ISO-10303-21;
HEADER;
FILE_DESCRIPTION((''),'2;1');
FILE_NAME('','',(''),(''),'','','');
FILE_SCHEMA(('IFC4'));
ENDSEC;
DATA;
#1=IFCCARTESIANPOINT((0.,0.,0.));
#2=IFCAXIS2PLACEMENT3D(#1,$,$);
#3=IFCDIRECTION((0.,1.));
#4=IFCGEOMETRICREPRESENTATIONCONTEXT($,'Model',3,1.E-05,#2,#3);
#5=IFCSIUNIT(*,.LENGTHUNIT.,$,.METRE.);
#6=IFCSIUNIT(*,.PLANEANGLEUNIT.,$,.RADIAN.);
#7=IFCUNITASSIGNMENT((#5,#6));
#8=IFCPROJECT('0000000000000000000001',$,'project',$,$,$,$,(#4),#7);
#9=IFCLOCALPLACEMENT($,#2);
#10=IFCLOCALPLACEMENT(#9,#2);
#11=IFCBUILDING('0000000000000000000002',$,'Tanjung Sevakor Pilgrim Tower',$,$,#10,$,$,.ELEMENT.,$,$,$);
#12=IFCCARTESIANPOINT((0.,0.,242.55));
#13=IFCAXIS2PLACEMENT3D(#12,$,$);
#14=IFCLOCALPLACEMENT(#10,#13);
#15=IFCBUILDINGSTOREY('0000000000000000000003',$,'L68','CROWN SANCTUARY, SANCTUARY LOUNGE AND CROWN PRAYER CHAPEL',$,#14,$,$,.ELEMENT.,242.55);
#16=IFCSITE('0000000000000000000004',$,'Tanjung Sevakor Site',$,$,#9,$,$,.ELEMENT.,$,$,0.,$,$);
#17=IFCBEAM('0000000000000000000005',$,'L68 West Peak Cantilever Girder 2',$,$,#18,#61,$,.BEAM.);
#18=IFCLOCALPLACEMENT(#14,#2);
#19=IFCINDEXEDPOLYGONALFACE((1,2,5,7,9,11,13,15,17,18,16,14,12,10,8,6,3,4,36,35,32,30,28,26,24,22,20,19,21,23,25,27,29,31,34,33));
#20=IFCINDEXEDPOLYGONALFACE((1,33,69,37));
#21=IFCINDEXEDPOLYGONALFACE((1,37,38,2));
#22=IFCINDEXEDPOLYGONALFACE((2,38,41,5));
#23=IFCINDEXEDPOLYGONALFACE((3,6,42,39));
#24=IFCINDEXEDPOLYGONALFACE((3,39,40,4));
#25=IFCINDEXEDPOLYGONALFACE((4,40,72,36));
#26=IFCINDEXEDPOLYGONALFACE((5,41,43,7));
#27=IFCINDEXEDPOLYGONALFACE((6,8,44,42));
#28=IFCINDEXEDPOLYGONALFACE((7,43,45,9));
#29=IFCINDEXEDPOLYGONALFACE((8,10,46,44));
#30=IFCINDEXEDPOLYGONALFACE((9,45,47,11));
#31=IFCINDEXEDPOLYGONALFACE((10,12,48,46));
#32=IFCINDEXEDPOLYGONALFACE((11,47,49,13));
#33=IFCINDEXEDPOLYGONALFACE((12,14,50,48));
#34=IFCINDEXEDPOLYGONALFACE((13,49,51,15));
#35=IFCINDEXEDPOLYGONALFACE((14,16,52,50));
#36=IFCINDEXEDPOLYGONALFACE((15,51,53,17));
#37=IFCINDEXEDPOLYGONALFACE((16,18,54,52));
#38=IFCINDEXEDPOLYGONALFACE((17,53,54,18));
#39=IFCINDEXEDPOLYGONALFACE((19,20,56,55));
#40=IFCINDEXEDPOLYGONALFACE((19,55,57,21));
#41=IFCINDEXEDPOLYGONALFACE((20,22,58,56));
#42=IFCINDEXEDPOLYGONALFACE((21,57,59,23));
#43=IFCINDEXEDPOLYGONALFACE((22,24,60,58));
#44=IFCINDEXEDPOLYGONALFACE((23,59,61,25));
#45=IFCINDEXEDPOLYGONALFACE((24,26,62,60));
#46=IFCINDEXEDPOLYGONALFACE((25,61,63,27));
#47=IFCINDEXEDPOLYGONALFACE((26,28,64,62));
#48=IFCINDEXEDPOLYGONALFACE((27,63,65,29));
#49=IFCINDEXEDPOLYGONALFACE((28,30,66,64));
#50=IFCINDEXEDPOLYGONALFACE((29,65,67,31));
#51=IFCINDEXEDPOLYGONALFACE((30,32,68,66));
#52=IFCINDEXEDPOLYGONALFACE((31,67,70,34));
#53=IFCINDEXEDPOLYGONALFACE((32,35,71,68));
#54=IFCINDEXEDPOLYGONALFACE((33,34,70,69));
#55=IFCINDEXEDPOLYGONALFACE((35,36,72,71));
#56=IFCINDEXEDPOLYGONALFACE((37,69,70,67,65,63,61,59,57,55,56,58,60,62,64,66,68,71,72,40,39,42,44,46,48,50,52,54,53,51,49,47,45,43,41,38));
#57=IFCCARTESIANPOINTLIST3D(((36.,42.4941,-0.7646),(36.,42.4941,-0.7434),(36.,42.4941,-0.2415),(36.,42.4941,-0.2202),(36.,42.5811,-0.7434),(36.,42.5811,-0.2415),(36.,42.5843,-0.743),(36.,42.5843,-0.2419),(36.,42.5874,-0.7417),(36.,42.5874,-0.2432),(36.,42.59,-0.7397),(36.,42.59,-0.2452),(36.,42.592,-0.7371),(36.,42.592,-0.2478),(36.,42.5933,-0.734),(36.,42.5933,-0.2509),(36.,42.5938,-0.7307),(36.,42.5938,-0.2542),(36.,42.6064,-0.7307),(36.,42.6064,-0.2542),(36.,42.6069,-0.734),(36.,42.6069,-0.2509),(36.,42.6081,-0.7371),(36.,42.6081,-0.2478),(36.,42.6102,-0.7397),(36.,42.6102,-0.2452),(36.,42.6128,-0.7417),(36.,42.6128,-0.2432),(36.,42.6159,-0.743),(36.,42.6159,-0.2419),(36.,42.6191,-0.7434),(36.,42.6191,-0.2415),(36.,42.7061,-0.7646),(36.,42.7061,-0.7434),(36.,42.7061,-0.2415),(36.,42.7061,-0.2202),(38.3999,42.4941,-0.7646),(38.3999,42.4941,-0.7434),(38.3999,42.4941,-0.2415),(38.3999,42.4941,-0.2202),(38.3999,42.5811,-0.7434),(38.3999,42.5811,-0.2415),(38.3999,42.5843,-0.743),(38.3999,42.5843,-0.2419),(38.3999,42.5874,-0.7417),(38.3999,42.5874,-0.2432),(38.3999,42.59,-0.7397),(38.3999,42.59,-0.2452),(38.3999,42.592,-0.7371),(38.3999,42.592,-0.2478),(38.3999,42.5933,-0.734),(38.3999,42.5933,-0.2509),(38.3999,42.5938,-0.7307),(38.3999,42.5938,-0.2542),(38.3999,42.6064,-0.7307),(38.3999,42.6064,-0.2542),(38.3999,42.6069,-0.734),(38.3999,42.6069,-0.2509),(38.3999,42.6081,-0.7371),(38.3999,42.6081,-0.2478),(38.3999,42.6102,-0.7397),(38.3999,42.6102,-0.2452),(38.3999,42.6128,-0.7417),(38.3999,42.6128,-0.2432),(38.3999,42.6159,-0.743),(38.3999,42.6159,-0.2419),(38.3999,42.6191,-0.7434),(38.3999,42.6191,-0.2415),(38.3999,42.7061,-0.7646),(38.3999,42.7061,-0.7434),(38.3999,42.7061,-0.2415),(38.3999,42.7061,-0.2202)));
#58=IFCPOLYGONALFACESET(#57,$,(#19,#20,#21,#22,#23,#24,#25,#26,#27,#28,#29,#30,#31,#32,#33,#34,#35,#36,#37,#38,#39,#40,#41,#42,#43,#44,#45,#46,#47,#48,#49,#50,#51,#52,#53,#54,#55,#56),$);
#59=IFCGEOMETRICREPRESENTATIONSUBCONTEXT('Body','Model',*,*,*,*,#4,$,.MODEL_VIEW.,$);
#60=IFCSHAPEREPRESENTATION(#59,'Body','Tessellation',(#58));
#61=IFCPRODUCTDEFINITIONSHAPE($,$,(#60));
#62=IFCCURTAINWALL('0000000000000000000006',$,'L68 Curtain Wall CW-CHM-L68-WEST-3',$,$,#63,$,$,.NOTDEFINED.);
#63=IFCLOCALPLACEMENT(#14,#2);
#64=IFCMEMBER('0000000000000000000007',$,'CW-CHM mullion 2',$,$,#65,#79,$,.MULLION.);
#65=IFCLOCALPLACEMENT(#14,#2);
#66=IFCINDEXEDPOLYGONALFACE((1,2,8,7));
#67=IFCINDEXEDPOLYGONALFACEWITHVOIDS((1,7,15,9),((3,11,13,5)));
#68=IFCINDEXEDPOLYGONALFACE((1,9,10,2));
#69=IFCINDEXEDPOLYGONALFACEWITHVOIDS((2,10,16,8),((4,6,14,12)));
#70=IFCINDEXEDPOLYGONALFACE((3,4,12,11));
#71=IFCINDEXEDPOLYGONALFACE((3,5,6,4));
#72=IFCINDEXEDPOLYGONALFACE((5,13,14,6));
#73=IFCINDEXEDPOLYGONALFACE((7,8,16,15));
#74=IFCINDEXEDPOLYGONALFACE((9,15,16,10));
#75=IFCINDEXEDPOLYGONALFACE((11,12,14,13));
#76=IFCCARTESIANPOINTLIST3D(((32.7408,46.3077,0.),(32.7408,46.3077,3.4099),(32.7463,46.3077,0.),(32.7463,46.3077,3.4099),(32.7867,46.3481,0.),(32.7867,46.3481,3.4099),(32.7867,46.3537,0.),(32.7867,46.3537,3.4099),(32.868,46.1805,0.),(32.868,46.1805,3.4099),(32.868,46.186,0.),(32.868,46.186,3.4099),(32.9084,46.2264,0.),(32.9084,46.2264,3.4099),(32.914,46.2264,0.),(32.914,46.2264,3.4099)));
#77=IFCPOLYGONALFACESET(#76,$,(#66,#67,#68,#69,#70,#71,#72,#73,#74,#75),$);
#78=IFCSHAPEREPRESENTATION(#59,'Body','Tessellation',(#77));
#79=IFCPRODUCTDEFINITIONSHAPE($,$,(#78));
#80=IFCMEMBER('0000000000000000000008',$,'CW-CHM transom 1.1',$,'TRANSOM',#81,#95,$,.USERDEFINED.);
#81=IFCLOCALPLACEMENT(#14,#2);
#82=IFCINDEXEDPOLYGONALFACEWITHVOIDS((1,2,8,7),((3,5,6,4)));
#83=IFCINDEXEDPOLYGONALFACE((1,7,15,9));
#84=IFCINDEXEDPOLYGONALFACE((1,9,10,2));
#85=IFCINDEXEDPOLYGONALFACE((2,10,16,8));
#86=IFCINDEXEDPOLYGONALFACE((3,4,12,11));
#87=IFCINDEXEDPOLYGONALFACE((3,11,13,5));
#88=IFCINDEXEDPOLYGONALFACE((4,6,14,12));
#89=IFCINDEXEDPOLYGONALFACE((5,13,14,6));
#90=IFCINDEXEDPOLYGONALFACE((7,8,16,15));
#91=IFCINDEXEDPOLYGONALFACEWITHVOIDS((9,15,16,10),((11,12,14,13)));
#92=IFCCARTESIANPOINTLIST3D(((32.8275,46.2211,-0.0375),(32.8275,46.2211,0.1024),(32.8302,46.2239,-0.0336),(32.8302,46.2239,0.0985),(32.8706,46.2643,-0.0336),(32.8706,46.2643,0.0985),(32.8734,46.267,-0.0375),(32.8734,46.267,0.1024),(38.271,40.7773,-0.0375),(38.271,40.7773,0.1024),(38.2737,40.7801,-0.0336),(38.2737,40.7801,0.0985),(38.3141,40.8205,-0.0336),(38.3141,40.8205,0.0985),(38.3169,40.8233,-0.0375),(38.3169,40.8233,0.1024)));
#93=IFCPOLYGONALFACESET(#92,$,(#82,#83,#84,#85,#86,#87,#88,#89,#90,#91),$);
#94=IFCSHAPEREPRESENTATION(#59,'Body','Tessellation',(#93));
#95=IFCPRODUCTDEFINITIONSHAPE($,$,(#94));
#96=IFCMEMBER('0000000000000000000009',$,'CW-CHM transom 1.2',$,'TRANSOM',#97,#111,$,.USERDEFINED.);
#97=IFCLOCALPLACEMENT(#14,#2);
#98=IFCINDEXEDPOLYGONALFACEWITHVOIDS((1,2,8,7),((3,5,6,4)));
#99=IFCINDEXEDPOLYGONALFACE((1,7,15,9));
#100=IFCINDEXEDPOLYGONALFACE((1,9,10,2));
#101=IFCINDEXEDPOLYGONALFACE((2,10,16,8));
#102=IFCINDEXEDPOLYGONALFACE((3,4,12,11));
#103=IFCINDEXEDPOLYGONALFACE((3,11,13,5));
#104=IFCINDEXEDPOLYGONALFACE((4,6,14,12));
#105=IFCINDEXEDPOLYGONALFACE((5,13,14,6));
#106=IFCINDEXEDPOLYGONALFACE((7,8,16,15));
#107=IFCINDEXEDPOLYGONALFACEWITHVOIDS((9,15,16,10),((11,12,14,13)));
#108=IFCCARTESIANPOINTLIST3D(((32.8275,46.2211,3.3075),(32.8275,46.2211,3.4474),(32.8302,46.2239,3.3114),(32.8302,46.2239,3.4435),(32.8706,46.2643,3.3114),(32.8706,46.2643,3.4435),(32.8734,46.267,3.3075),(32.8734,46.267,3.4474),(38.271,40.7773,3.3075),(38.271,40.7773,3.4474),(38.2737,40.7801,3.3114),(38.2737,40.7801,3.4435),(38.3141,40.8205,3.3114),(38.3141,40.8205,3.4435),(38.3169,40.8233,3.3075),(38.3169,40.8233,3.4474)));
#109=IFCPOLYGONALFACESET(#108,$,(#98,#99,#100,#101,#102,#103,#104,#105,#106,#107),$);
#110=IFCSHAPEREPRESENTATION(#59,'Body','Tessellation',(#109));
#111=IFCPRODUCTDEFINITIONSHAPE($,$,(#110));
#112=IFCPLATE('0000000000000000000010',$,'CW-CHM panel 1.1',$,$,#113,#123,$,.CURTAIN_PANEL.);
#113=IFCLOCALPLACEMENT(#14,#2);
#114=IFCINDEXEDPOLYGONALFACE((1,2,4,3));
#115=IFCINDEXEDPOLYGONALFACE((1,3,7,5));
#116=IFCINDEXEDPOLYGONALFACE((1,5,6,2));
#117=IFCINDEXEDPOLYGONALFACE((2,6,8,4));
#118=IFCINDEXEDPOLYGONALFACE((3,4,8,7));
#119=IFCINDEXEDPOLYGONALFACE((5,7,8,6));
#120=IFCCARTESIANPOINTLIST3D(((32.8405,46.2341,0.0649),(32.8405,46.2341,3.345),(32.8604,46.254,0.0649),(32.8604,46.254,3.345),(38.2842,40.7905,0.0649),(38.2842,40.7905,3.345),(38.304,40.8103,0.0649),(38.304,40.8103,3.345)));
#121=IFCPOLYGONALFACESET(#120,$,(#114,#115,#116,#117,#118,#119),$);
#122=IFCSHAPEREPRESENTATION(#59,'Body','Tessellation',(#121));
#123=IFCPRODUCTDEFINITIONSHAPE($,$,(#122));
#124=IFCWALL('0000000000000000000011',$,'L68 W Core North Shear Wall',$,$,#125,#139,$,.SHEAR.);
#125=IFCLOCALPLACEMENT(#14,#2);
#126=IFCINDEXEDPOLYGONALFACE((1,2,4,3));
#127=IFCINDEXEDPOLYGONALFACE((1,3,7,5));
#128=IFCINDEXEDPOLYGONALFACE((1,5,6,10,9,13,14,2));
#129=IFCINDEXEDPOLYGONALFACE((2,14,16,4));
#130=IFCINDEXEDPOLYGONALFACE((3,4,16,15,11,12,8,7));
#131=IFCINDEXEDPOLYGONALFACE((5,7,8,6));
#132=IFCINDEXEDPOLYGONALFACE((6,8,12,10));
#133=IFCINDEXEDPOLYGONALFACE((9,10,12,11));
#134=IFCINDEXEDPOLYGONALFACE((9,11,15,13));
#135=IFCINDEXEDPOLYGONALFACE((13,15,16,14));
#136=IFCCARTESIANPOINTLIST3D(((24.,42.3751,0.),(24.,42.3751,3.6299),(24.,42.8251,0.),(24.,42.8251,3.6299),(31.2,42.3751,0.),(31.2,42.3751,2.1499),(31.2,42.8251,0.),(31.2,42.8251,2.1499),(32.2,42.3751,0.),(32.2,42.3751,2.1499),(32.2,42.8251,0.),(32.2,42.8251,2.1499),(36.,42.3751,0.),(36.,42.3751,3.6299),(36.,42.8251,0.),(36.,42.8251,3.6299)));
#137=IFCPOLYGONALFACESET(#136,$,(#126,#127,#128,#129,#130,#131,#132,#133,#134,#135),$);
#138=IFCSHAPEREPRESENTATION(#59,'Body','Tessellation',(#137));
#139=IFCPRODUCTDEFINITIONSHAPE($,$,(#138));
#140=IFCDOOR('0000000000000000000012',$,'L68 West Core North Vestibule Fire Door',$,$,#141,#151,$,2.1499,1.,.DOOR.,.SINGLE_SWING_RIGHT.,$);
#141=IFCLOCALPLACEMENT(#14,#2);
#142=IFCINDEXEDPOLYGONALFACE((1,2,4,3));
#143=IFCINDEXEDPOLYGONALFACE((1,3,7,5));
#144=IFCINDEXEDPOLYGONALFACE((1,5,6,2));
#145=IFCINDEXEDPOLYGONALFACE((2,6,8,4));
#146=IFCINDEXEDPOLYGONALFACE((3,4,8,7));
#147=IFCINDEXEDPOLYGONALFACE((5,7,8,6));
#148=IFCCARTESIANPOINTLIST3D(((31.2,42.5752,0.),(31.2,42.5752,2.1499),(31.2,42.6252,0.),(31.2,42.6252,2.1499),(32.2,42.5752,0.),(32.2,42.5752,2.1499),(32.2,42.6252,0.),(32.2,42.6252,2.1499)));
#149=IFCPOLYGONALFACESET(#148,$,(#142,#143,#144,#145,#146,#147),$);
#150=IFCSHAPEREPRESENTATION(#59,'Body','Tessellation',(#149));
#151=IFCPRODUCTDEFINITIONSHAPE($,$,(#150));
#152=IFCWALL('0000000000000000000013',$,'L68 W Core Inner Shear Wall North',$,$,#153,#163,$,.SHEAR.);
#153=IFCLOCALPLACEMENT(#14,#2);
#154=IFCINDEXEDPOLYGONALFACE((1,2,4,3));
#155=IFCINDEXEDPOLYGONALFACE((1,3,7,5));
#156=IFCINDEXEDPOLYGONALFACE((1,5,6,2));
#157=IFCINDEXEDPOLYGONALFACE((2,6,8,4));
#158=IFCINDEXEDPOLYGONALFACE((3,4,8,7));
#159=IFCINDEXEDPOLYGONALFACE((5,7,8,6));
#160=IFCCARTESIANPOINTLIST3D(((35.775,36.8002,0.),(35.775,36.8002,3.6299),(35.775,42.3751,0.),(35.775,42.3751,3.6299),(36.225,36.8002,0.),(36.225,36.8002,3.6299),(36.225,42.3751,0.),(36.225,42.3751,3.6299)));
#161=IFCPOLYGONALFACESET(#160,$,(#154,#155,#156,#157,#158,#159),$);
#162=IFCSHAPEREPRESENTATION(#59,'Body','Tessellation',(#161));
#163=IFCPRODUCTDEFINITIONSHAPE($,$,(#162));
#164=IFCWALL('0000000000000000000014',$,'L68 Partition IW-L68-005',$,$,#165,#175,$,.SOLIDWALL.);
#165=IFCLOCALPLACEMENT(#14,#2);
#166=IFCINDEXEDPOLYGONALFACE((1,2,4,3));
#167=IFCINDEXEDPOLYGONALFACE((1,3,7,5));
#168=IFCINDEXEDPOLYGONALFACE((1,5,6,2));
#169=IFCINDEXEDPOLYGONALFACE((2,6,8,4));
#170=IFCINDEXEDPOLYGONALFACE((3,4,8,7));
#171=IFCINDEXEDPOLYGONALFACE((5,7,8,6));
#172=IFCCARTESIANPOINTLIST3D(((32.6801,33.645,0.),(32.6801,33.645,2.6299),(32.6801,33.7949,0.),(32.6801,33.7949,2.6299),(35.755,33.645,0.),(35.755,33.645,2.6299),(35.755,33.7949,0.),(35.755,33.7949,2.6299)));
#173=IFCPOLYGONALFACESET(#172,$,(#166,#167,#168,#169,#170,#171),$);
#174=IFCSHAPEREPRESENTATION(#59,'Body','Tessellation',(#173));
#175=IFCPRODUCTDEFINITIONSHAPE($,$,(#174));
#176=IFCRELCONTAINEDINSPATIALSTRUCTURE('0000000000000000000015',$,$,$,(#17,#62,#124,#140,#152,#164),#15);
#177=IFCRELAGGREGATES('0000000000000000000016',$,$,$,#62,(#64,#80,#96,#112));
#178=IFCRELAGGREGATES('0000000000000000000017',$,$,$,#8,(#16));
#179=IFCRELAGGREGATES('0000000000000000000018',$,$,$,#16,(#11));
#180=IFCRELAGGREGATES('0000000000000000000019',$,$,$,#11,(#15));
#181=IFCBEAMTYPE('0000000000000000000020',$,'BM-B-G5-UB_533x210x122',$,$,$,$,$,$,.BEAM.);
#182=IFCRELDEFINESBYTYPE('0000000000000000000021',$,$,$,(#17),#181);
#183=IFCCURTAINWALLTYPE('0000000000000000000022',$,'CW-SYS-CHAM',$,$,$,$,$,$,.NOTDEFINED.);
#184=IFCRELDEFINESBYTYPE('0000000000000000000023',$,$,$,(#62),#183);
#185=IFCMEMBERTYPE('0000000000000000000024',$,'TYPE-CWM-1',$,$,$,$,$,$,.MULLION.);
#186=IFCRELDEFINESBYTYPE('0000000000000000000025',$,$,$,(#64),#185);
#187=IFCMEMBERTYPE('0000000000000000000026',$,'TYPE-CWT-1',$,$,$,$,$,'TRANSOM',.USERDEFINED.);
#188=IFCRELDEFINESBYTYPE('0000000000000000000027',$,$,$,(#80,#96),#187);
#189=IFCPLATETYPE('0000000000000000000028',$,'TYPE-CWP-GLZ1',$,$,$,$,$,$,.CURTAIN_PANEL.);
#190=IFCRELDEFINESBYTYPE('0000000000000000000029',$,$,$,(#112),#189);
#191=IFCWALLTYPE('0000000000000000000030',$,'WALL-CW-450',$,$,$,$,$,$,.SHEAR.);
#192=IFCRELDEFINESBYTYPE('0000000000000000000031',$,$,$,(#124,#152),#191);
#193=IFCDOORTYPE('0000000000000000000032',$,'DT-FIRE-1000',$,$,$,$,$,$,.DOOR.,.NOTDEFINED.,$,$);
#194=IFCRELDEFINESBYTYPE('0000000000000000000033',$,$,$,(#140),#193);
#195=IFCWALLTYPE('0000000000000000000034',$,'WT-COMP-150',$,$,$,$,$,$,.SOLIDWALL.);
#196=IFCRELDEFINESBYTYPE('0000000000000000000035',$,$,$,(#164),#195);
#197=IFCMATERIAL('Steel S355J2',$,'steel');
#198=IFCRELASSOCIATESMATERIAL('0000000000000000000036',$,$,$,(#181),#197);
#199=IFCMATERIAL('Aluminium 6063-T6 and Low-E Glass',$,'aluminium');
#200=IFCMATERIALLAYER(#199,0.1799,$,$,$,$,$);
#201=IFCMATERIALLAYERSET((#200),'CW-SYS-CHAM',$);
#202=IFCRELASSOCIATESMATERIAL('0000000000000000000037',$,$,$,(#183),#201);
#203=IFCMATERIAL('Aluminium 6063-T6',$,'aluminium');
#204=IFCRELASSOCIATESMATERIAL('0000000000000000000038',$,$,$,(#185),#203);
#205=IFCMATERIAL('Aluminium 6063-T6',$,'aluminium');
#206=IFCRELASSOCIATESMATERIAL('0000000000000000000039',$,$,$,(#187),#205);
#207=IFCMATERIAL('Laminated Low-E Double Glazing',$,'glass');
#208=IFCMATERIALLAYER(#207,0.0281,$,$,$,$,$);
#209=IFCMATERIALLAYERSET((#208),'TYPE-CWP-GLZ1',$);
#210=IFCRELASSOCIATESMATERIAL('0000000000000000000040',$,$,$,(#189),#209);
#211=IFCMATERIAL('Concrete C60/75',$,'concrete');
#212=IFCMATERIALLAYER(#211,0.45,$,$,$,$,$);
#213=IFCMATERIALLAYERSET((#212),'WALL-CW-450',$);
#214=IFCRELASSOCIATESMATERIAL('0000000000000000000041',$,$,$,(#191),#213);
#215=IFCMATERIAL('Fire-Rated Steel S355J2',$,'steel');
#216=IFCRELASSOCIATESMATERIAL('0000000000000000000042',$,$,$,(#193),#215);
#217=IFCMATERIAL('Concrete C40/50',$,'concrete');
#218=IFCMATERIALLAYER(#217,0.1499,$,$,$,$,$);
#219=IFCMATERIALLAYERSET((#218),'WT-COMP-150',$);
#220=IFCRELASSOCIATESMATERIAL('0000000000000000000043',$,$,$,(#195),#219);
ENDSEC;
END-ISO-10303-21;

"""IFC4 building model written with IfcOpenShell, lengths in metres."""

from ifc_helpers import new_model, si_unit, direction, frame, frame_2d, origin, origin_2d, place, context, subcontext, project, spatial, rectangle, hollow_rectangle, i_section, extrude, material, layer, layer_set, material_profile, profile_set, type_object, element, fill, aggregate, save


model = new_model("IFC4")

# Units and contexts
model_context = context("Model", 3, precision=1e-05, world=origin(), true_north=direction((0.0, 1.0)))
body_context = subcontext(model_context, "Body", "Model", "MODEL_VIEW")
ifc_project = project(units=[si_unit("LENGTHUNIT", "METRE"), si_unit("PLANEANGLEUNIT", "RADIAN")], contexts=[model_context])

# Site, building, storey
site_placement = place(None, origin())
site = spatial("IfcSite", under=ifc_project, at=site_placement, Name="Tanjung Sevakor Site", CompositionType="ELEMENT", RefElevation=0.0)
building_placement = place(site_placement, origin())
building = spatial("IfcBuilding", under=site, at=building_placement, Name="Tanjung Sevakor Pilgrim Tower", CompositionType="ELEMENT")
storey_placement = place(building_placement, frame((0.0, 0.0, 242.55)))
storey = spatial("IfcBuildingStorey", under=building, at=storey_placement, Name="L68", Description="CROWN SANCTUARY, SANCTUARY LOUNGE AND CROWN PRAYER CHAPEL", CompositionType="ELEMENT", Elevation=242.55)

# Beam
ifc_material_1 = material(Name="Steel S355J2", Category="steel")
ifc_material_profile_1 = material_profile(ifc_material_1, i_section(OverallWidth=0.2119, OverallDepth=0.5444, WebThickness=0.0127, FlangeThickness=0.0212, FilletRadius=0.0127, at=origin_2d()))
ifc_profile_set_1 = profile_set([ifc_material_profile_1], Name="Steel S355J2")
beam_type = type_object("IfcBeamType", Name="BM-B-G5-UB_533x210x122", PredefinedType="BEAM", material=ifc_profile_set_1)
beam_placement = place(storey_placement, frame((36.0, 42.6001, -0.4924), z_axis=(1.0, 0.0, 0.0), x_axis=(0.0, 1.0, 0.0)))
element("IfcBeam", 1, at=beam_placement, inside=storey, type_object=beam_type, Name="L68 West Peak Cantilever Girder 2", PredefinedType="BEAM", context=body_context, shape_type="SweptSolid", body=[
    extrude(i_section(OverallWidth=0.2119, OverallDepth=0.5444, WebThickness=0.0127, FlangeThickness=0.0212, FilletRadius=0.0127, at=origin_2d()), origin(), (0.0, 0.0, 1.0), 2.3999),
])

# Curtain wall, members, plate
ifc_material_2 = material(Name="Aluminium 6063-T6 and Low-E Glass", Category="aluminium")
ifc_layer_1 = layer(ifc_material_2, 0.1799)
ifc_layer_set_1 = layer_set([ifc_layer_1], Name="CW-SYS-CHAM")
curtain_wall_type = type_object("IfcCurtainWallType", Name="CW-SYS-CHAM", PredefinedType="NOTDEFINED", material=ifc_layer_set_1)
curtain_wall_placement = place(storey_placement, origin())
curtain_wall = element("IfcCurtainWall", 2, at=curtain_wall_placement, inside=storey, type_object=curtain_wall_type, Name="L68 Curtain Wall CW-CHM-L68-WEST-3", PredefinedType="NOTDEFINED")
ifc_material_3 = material(Name="Aluminium 6063-T6", Category="aluminium")
ifc_material_profile_2 = material_profile(ifc_material_3, hollow_rectangle(XDim=0.0649, YDim=0.1799, WallThickness=0.0039, at=origin_2d()))
ifc_profile_set_2 = profile_set([ifc_material_profile_2], Name="Aluminium 6063-T6")
member_type_1 = type_object("IfcMemberType", Name="TYPE-CWM-1", PredefinedType="MULLION", material=ifc_profile_set_2)
member_1_placement = place(storey_placement, frame((32.8274, 46.2671, 0.0), z_axis=(0.0, 0.0, 1.0), x_axis=(-0.707107, -0.707107, 0.0)))
member_1 = element("IfcMember", 3, at=member_1_placement, type_object=member_type_1, Name="CW-CHM mullion 2", PredefinedType="MULLION", context=body_context, shape_type="SweptSolid", body=[
    extrude(hollow_rectangle(XDim=0.0649, YDim=0.1799, WallThickness=0.0039, at=origin_2d()), origin(), (0.0, 0.0, 1.0), 3.4099),
])
ifc_material_4 = material(Name="Aluminium 6063-T6", Category="aluminium")
ifc_material_profile_3 = material_profile(ifc_material_4, hollow_rectangle(XDim=0.0649, YDim=0.1399, WallThickness=0.0039, at=origin_2d()))
ifc_profile_set_3 = profile_set([ifc_material_profile_3], Name="Aluminium 6063-T6")
member_type_2 = type_object("IfcMemberType", Name="TYPE-CWT-1", ElementType="TRANSOM", PredefinedType="USERDEFINED", material=ifc_profile_set_3)
member_2_placement = place(storey_placement, frame((38.2939, 40.8003, 0.0325), z_axis=(-0.707091, 0.707123, 0.0), x_axis=(-0.707123, -0.707091, 0.0)))
member_2 = element("IfcMember", 4, at=member_2_placement, type_object=member_type_2, Name="CW-CHM transom 1.1", ObjectType="TRANSOM", PredefinedType="USERDEFINED", context=body_context, shape_type="SweptSolid", body=[
    extrude(hollow_rectangle(XDim=0.0649, YDim=0.1399, WallThickness=0.0039, at=origin_2d()), origin(), (0.0, 0.0, 1.0), 7.6985),
])
member_3_placement = place(storey_placement, frame((38.2939, 40.8003, 3.3774), z_axis=(-0.707091, 0.707123, 0.0), x_axis=(-0.707123, -0.707091, 0.0)))
member_3 = element("IfcMember", 5, at=member_3_placement, type_object=member_type_2, Name="CW-CHM transom 1.2", ObjectType="TRANSOM", PredefinedType="USERDEFINED", context=body_context, shape_type="SweptSolid", body=[
    extrude(hollow_rectangle(XDim=0.0649, YDim=0.1399, WallThickness=0.0039, at=origin_2d()), origin(), (0.0, 0.0, 1.0), 7.6985),
])
ifc_material_5 = material(Name="Laminated Low-E Double Glazing", Category="glass")
ifc_layer_2 = layer(ifc_material_5, 0.0281)
ifc_layer_set_2 = layer_set([ifc_layer_2], Name="TYPE-CWP-GLZ1")
plate_type = type_object("IfcPlateType", Name="TYPE-CWP-GLZ1", PredefinedType="CURTAIN_PANEL", material=ifc_layer_set_2)
plate_placement = place(storey_placement, frame((35.5723, 43.5222, 0.0649), z_axis=(0.0, 0.0, 1.0), x_axis=(-0.707107, 0.707107, 0.0)))
plate = element("IfcPlate", 6, at=plate_placement, type_object=plate_type, Name="CW-CHM panel 1.1", PredefinedType="CURTAIN_PANEL", context=body_context, shape_type="SweptSolid", body=[
    extrude(rectangle(XDim=7.6985, YDim=0.0281, at=origin_2d()), origin(), (0.0, 0.0, 1.0), 3.28),
])
aggregate(curtain_wall, [member_1, member_2, member_3, plate])

# Wall, opening, door
ifc_material_6 = material(Name="Concrete C60/75", Category="concrete")
ifc_layer_3 = layer(ifc_material_6, 0.45)
ifc_layer_set_3 = layer_set([ifc_layer_3], Name="WALL-CW-450")
wall_type_1 = type_object("IfcWallType", Name="WALL-CW-450", PredefinedType="SHEAR", material=ifc_layer_set_3)
wall_1_placement = place(storey_placement, frame((36.0, 42.6001, 0.0), z_axis=(0.0, 0.0, 1.0), x_axis=(-1.0, 0.0, 0.0)))
wall_1 = element("IfcWall", 7, at=wall_1_placement, inside=storey, type_object=wall_type_1, Name="L68 W Core North Shear Wall", PredefinedType="SHEAR", context=body_context, shape_type="SweptSolid", body=[
    extrude(rectangle(XDim=12.0, YDim=0.45, at=frame_2d((6.0, 0.0))), origin(), (0.0, 0.0, 1.0), 3.6299),
])
opening_1_placement = place(wall_1_placement, frame((3.8, 0.0, 0.0)))
opening_1 = element("IfcOpeningElement", 8, at=opening_1_placement, cuts=wall_1, PredefinedType="OPENING", context=body_context, shape_type="SweptSolid", body=[
    extrude(rectangle(XDim=1.0, YDim=2.1499, at=frame_2d((0.5, 1.075))), frame((0.0, 0.2349, 0.0), z_axis=(0.0, -1.0, 0.0), x_axis=(1.0, 0.0, 0.0)), (0.0, 0.0, 1.0), 0.47),
])
ifc_material_7 = material(Name="Fire-Rated Steel S355J2", Category="steel")
door_type_1 = type_object("IfcDoorType", Name="DT-FIRE-1000", OperationType="NOTDEFINED", PredefinedType="DOOR", material=ifc_material_7)
door_1_placement = place(opening_1_placement, origin())
door_1 = element("IfcDoor", 9, at=door_1_placement, inside=storey, type_object=door_type_1, Name="L68 West Core North Vestibule Fire Door", OperationType="SINGLE_SWING_RIGHT", OverallHeight=2.1499, OverallWidth=1.0, PredefinedType="DOOR", context=body_context, shape_type="SweptSolid", body=[
    extrude(rectangle(XDim=1.0, YDim=2.1499, at=frame_2d((0.5, 1.075))), frame((0.0, 0.0249, 0.0), z_axis=(0.0, -1.0, 0.0), x_axis=(1.0, 0.0, 0.0)), (0.0, 0.0, 1.0), 0.05),
])
fill(opening_1, door_1)

# Walls
wall_2_placement = place(storey_placement, frame((36.0, 36.8, 0.0), z_axis=(0.0, 0.0, 1.0), x_axis=(0.0, 1.0, 0.0)))
element("IfcWall", 10, at=wall_2_placement, inside=storey, type_object=wall_type_1, Name="L68 W Core Inner Shear Wall North", PredefinedType="SHEAR", context=body_context, shape_type="SweptSolid", body=[
    extrude(rectangle(XDim=5.575, YDim=0.45, at=frame_2d((2.7876, 0.0))), origin(), (0.0, 0.0, 1.0), 3.6299),
])
ifc_material_8 = material(Name="Concrete C40/50", Category="concrete")
ifc_layer_4 = layer(ifc_material_8, 0.1499)
ifc_layer_set_4 = layer_set([ifc_layer_4], Name="WT-COMP-150")
wall_type_2 = type_object("IfcWallType", Name="WT-COMP-150", PredefinedType="SOLIDWALL", material=ifc_layer_set_4)
wall_3_placement = place(storey_placement, frame((32.6799, 33.72, 0.0), z_axis=(0.0, 0.0, 1.0), x_axis=(1.0, 0.0, 0.0)))
element("IfcWall", 11, at=wall_3_placement, inside=storey, type_object=wall_type_2, Name="L68 Partition IW-L68-005", PredefinedType="SOLIDWALL", context=body_context, shape_type="SweptSolid", body=[
    extrude(rectangle(XDim=3.075, YDim=0.1499, at=frame_2d((1.5376, 0.0))), origin(), (0.0, 0.0, 1.0), 2.6299),
])

save(model, "model.ifc")
